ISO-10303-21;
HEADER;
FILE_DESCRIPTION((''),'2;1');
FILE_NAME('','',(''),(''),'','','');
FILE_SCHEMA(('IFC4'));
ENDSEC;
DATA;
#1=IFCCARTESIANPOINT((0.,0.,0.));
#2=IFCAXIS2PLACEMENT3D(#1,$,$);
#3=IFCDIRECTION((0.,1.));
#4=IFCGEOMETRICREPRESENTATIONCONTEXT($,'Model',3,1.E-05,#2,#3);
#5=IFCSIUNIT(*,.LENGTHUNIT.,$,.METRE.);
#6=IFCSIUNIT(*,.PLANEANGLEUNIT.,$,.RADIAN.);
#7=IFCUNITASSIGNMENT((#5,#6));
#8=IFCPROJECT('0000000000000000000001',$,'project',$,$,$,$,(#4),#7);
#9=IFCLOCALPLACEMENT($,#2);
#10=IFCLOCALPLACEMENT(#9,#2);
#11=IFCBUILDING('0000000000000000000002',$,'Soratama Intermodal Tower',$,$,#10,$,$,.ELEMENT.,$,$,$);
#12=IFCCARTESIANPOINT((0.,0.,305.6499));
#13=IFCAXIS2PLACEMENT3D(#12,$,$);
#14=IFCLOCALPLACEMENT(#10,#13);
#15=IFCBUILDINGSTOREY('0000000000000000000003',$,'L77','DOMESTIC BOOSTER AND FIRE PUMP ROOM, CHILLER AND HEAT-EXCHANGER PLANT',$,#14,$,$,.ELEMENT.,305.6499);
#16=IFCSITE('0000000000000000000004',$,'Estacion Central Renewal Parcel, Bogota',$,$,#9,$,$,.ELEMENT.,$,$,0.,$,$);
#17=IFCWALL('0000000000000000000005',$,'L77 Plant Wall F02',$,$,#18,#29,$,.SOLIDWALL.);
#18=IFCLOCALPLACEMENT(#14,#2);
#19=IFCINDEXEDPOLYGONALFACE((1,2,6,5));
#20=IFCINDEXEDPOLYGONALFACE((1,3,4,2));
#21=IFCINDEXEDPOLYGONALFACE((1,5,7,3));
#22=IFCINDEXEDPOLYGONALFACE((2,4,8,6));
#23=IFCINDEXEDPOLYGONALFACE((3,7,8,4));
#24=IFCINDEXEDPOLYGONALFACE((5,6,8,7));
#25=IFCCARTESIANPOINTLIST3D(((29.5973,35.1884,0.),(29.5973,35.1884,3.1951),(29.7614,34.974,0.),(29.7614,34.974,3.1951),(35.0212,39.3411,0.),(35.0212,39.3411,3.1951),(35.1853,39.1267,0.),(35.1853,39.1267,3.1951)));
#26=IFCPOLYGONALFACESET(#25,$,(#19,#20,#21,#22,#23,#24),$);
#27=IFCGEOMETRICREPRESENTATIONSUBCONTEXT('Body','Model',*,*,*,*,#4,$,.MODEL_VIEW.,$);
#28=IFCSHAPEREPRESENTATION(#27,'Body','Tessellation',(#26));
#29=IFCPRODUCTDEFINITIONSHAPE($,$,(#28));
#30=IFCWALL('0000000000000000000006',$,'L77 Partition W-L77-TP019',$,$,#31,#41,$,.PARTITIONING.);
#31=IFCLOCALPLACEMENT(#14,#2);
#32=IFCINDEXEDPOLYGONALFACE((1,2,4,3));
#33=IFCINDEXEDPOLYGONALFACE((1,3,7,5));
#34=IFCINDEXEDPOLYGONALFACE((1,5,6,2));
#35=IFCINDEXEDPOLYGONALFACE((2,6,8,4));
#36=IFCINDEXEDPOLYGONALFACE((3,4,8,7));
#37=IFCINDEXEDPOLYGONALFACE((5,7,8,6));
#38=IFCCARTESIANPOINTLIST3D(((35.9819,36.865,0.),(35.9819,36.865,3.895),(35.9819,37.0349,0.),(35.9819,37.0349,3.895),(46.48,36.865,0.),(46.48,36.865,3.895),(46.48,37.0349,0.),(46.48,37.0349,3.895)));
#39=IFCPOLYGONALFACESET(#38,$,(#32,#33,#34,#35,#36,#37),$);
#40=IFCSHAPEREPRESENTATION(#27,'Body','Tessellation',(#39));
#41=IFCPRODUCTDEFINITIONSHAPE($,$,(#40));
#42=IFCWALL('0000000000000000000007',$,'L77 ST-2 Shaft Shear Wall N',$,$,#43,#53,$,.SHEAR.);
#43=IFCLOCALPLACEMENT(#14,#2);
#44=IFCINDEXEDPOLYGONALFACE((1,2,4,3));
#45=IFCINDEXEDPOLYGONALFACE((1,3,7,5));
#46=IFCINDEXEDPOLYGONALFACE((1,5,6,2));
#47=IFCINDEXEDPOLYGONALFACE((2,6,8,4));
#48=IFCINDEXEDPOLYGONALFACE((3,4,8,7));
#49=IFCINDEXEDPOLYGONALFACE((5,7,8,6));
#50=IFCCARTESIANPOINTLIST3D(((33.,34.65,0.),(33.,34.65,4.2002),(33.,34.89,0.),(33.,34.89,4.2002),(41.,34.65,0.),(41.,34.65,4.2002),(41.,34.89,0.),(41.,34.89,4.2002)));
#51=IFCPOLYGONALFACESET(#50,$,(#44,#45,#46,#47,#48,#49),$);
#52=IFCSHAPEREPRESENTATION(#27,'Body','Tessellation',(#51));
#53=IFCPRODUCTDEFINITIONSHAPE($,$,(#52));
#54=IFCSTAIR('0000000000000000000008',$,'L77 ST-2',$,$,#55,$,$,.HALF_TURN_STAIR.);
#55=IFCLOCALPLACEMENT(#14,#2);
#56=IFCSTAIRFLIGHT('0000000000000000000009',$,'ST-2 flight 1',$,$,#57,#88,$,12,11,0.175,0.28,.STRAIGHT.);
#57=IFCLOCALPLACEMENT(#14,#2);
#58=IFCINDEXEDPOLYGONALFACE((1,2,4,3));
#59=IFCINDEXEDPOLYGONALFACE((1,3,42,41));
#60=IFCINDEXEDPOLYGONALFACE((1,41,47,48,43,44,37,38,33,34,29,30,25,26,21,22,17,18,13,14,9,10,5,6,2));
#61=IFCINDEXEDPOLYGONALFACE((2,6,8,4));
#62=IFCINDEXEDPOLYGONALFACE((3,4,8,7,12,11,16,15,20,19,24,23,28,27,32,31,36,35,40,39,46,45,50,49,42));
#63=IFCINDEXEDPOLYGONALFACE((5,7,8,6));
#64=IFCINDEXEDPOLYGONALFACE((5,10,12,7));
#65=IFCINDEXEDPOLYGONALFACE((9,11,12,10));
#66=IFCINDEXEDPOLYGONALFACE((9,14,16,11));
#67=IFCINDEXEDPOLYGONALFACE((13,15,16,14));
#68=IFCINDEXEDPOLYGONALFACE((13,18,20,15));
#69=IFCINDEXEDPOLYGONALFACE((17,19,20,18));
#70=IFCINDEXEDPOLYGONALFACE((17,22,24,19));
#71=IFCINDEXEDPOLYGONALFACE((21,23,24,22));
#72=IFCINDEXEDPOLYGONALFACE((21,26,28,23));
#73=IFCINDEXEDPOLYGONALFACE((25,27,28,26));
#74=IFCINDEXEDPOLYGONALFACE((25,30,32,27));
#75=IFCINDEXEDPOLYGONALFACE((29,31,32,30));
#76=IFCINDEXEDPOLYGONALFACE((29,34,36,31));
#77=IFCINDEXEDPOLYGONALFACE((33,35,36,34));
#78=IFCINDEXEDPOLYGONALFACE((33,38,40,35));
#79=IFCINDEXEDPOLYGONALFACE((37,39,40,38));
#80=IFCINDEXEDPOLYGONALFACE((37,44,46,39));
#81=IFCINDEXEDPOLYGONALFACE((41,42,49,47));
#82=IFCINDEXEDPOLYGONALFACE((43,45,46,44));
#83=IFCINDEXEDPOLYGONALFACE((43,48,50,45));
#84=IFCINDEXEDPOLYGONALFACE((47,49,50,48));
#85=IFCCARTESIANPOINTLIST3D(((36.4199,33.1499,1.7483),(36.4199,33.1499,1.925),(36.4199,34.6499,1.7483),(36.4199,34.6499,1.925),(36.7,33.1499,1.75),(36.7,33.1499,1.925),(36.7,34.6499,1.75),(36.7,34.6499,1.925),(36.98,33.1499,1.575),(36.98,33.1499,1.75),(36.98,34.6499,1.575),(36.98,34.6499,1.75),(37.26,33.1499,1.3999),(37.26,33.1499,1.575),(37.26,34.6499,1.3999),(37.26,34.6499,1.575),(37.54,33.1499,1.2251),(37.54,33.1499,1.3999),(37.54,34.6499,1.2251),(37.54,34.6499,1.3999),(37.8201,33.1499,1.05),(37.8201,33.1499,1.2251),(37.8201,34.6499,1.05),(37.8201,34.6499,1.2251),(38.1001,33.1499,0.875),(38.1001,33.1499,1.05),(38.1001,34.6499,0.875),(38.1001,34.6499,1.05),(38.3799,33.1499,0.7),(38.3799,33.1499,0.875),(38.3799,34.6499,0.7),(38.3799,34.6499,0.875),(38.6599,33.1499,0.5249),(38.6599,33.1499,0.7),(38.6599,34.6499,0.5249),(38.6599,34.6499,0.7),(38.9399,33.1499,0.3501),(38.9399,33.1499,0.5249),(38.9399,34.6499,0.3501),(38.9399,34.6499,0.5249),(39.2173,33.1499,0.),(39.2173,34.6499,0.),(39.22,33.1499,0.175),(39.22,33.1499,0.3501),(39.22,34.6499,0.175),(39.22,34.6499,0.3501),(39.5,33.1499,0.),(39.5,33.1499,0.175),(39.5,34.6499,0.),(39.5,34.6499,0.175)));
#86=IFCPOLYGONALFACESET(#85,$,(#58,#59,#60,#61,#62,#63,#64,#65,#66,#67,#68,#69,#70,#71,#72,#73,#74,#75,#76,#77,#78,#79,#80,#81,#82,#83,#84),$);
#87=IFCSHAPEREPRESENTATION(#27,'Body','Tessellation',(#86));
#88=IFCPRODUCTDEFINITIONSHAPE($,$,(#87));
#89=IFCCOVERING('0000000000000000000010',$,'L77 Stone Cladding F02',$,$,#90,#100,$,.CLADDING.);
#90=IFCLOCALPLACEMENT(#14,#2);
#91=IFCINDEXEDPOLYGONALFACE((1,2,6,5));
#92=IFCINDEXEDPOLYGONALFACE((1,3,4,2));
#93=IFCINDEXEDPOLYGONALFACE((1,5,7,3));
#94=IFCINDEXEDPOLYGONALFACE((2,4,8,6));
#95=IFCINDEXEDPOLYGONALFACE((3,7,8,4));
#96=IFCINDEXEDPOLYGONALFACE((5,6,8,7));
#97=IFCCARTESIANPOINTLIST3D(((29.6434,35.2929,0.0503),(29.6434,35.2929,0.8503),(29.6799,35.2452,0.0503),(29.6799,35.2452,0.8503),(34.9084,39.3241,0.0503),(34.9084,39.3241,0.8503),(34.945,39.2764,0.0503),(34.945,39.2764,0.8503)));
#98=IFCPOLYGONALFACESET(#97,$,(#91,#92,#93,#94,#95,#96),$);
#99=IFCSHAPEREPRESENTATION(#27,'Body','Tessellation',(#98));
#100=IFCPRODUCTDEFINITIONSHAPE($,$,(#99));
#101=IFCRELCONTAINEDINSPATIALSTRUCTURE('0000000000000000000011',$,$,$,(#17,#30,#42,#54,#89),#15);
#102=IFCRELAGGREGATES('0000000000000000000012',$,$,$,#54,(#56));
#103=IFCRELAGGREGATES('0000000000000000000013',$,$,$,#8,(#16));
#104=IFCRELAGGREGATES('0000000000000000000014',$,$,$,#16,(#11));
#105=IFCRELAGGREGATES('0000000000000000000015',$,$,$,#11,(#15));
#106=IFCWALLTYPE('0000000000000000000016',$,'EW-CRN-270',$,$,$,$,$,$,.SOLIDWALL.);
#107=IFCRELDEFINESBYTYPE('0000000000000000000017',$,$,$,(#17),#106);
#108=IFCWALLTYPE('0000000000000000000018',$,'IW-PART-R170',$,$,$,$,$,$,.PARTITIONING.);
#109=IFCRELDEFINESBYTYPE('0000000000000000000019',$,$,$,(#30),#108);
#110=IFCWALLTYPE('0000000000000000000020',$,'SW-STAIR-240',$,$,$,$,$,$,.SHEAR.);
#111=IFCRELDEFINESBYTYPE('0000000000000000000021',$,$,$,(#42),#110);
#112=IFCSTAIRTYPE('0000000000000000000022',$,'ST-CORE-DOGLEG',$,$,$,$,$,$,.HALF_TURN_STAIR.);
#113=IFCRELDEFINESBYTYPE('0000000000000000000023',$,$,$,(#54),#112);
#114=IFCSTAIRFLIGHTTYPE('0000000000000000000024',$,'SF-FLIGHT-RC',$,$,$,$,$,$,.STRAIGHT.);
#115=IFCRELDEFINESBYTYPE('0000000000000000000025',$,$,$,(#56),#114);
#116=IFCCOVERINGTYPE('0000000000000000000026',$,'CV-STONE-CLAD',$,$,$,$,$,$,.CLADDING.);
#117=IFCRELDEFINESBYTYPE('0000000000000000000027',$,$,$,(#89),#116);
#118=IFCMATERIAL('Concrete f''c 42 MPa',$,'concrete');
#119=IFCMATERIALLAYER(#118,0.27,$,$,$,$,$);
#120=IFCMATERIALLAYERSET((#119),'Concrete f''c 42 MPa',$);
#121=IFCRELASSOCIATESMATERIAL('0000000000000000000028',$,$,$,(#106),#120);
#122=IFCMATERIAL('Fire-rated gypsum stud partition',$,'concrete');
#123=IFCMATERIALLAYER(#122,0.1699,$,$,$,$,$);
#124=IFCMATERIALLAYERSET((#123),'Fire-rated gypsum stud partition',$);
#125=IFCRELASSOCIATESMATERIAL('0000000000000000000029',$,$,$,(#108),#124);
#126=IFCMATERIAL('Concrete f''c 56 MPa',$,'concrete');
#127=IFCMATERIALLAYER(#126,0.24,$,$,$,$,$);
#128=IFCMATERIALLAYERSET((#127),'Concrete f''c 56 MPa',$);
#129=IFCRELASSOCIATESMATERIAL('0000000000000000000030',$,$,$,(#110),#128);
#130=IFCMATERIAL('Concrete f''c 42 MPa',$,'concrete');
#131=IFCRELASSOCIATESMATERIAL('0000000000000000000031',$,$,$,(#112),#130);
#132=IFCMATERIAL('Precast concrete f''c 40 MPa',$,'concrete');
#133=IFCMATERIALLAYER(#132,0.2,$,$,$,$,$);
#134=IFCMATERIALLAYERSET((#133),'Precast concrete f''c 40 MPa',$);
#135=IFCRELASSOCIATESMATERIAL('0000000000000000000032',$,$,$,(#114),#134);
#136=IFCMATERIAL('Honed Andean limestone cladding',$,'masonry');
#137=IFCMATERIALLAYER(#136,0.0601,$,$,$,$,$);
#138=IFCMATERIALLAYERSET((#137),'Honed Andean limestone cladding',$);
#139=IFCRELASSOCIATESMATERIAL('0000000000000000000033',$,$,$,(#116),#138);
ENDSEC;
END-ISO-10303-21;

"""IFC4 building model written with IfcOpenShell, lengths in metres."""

from ifc_helpers import new_model, si_unit, direction, frame, frame_2d, origin, origin_2d, place, context, subcontext, project, spatial, polyline, rectangle, outline, extrude, material, layer, layer_set, type_object, element, aggregate, save


model = new_model("IFC4")

# Units and contexts
model_context = context("Model", 3, precision=1e-05, world=origin(), true_north=direction((0.0, 1.0)))
body_context = subcontext(model_context, "Body", "Model", "MODEL_VIEW")
ifc_project = project(units=[si_unit("LENGTHUNIT", "METRE"), si_unit("PLANEANGLEUNIT", "RADIAN")], contexts=[model_context])

# Site, building, storey
site_placement = place(None, origin())
site = spatial("IfcSite", under=ifc_project, at=site_placement, Name="Estacion Central Renewal Parcel, Bogota", CompositionType="ELEMENT", RefElevation=0.0)
building_placement = place(site_placement, origin())
building = spatial("IfcBuilding", under=site, at=building_placement, Name="Soratama Intermodal Tower", CompositionType="ELEMENT")
storey_placement = place(building_placement, frame((0.0, 0.0, 305.6499)))
storey = spatial("IfcBuildingStorey", under=building, at=storey_placement, Name="L77", Description="DOMESTIC BOOSTER AND FIRE PUMP ROOM, CHILLER AND HEAT-EXCHANGER PLANT", CompositionType="ELEMENT", Elevation=305.6499)

# Walls
ifc_material_1 = material(Name="Concrete f'c 42 MPa", Category="concrete")
ifc_layer_1 = layer(ifc_material_1, 0.27)
ifc_layer_set_1 = layer_set([ifc_layer_1], Name="Concrete f'c 42 MPa")
wall_type_1 = type_object("IfcWallType", Name="EW-CRN-270", PredefinedType="SOLIDWALL", material=ifc_layer_set_1)
wall_1_placement = place(storey_placement, frame((35.1033, 39.2339, 0.0), z_axis=(0.0, 0.0, 1.0), x_axis=(-0.794008, -0.607908, 0.0)))
element("IfcWall", 1, at=wall_1_placement, inside=storey, type_object=wall_type_1, Name="L77 Plant Wall F02", PredefinedType="SOLIDWALL", context=body_context, shape_type="SweptSolid", body=[
    extrude(rectangle(XDim=6.8311, YDim=0.27, at=frame_2d((3.4155, 0.0))), origin(), (0.0, 0.0, 1.0), 3.1951),
])
ifc_material_2 = material(Name="Fire-rated gypsum stud partition", Category="concrete")
ifc_layer_2 = layer(ifc_material_2, 0.1699)
ifc_layer_set_2 = layer_set([ifc_layer_2], Name="Fire-rated gypsum stud partition")
wall_type_2 = type_object("IfcWallType", Name="IW-PART-R170", PredefinedType="PARTITIONING", material=ifc_layer_set_2)
wall_2_placement = place(storey_placement, frame((35.9819, 36.95, 0.0), z_axis=(0.0, 0.0, 1.0), x_axis=(1.0, 0.0, 0.0)))
element("IfcWall", 2, at=wall_2_placement, inside=storey, type_object=wall_type_2, Name="L77 Partition W-L77-TP019", PredefinedType="PARTITIONING", context=body_context, shape_type="SweptSolid", body=[
    extrude(rectangle(XDim=10.498, YDim=0.1699, at=frame_2d((5.249, 0.0))), origin(), (0.0, 0.0, 1.0), 3.895),
])
ifc_material_3 = material(Name="Concrete f'c 56 MPa", Category="concrete")
ifc_layer_3 = layer(ifc_material_3, 0.24)
ifc_layer_set_3 = layer_set([ifc_layer_3], Name="Concrete f'c 56 MPa")
wall_type_3 = type_object("IfcWallType", Name="SW-STAIR-240", PredefinedType="SHEAR", material=ifc_layer_set_3)
wall_3_placement = place(storey_placement, frame((33.0, 34.77, 0.0), z_axis=(0.0, 0.0, 1.0), x_axis=(1.0, 0.0, 0.0)))
element("IfcWall", 3, at=wall_3_placement, inside=storey, type_object=wall_type_3, Name="L77 ST-2 Shaft Shear Wall N", PredefinedType="SHEAR", context=body_context, shape_type="SweptSolid", body=[
    extrude(rectangle(XDim=8.0, YDim=0.24, at=frame_2d((4.0, 0.0))), origin(), (0.0, 0.0, 1.0), 4.2002),
])

# Stair, stair flight
ifc_material_4 = material(Name="Concrete f'c 42 MPa", Category="concrete")
stair_type = type_object("IfcStairType", Name="ST-CORE-DOGLEG", PredefinedType="HALF_TURN_STAIR", material=ifc_material_4)
stair_placement = place(storey_placement, origin())
stair = element("IfcStair", 4, at=stair_placement, inside=storey, type_object=stair_type, Name="L77 ST-2", PredefinedType="HALF_TURN_STAIR")
ifc_material_5 = material(Name="Precast concrete f'c 40 MPa", Category="concrete")
ifc_layer_4 = layer(ifc_material_5, 0.2)
ifc_layer_set_4 = layer_set([ifc_layer_4], Name="Precast concrete f'c 40 MPa")
stair_flight_type = type_object("IfcStairFlightType", Name="SF-FLIGHT-RC", PredefinedType="STRAIGHT", material=ifc_layer_set_4)
stair_flight_placement = place(storey_placement, frame((39.5, 33.8999, 0.0), z_axis=(0.0, 0.0, 1.0), x_axis=(-1.0, 0.0, 0.0)))
stair_flight = element("IfcStairFlight", 5, at=stair_flight_placement, type_object=stair_flight_type, Name="ST-2 flight 1", NumberOfRisers=12, NumberOfTreads=11, PredefinedType="STRAIGHT", RiserHeight=0.175, TreadLength=0.28, context=body_context, shape_type="SweptSolid", body=[
    extrude(outline(polyline([(0.0, 0.0), (0.0, 0.175), (0.28, 0.175), (0.28, 0.3501), (0.5601, 0.3501), (0.5601, 0.5249), (0.8401, 0.5249), (0.8401, 0.7), (1.1201, 0.7), (1.1201, 0.875), (1.3999, 0.875), (1.3999, 1.05), (1.6799, 1.05), (1.6799, 1.2251), (1.96, 1.2251), (1.96, 1.3999), (2.24, 1.3999), (2.24, 1.575), (2.52, 1.575), (2.52, 1.75), (2.8, 1.75), (2.8, 1.925), (3.0801, 1.925), (3.0801, 2.1001), (3.0801, 1.7483), (0.2827, 0.0), (0.0, 0.0)])), frame((0.0, 0.75, 0.0), z_axis=(0.0, -1.0, 0.0), x_axis=(1.0, 0.0, 0.0)), (0.0, 0.0, 1.0), 1.5),
])
aggregate(stair, [stair_flight])

# Covering
ifc_material_6 = material(Name="Honed Andean limestone cladding", Category="masonry")
ifc_layer_5 = layer(ifc_material_6, 0.0601)
ifc_layer_set_5 = layer_set([ifc_layer_5], Name="Honed Andean limestone cladding")
covering_type = type_object("IfcCoveringType", Name="CV-STONE-CLAD", PredefinedType="CLADDING", material=ifc_layer_set_5)
covering_placement = place(storey_placement, frame((32.2942, 37.2847, 0.0503), z_axis=(0.0, 0.0, 1.0), x_axis=(-0.79399, -0.60793, 0.0)))
element("IfcCovering", 6, at=covering_placement, inside=storey, type_object=covering_type, Name="L77 Stone Cladding F02", PredefinedType="CLADDING", context=body_context, shape_type="SweptSolid", body=[
    extrude(rectangle(XDim=6.6311, YDim=0.0601, at=origin_2d()), origin(), (0.0, 0.0, 1.0), 0.8),
])

save(model, "model.ifc")
